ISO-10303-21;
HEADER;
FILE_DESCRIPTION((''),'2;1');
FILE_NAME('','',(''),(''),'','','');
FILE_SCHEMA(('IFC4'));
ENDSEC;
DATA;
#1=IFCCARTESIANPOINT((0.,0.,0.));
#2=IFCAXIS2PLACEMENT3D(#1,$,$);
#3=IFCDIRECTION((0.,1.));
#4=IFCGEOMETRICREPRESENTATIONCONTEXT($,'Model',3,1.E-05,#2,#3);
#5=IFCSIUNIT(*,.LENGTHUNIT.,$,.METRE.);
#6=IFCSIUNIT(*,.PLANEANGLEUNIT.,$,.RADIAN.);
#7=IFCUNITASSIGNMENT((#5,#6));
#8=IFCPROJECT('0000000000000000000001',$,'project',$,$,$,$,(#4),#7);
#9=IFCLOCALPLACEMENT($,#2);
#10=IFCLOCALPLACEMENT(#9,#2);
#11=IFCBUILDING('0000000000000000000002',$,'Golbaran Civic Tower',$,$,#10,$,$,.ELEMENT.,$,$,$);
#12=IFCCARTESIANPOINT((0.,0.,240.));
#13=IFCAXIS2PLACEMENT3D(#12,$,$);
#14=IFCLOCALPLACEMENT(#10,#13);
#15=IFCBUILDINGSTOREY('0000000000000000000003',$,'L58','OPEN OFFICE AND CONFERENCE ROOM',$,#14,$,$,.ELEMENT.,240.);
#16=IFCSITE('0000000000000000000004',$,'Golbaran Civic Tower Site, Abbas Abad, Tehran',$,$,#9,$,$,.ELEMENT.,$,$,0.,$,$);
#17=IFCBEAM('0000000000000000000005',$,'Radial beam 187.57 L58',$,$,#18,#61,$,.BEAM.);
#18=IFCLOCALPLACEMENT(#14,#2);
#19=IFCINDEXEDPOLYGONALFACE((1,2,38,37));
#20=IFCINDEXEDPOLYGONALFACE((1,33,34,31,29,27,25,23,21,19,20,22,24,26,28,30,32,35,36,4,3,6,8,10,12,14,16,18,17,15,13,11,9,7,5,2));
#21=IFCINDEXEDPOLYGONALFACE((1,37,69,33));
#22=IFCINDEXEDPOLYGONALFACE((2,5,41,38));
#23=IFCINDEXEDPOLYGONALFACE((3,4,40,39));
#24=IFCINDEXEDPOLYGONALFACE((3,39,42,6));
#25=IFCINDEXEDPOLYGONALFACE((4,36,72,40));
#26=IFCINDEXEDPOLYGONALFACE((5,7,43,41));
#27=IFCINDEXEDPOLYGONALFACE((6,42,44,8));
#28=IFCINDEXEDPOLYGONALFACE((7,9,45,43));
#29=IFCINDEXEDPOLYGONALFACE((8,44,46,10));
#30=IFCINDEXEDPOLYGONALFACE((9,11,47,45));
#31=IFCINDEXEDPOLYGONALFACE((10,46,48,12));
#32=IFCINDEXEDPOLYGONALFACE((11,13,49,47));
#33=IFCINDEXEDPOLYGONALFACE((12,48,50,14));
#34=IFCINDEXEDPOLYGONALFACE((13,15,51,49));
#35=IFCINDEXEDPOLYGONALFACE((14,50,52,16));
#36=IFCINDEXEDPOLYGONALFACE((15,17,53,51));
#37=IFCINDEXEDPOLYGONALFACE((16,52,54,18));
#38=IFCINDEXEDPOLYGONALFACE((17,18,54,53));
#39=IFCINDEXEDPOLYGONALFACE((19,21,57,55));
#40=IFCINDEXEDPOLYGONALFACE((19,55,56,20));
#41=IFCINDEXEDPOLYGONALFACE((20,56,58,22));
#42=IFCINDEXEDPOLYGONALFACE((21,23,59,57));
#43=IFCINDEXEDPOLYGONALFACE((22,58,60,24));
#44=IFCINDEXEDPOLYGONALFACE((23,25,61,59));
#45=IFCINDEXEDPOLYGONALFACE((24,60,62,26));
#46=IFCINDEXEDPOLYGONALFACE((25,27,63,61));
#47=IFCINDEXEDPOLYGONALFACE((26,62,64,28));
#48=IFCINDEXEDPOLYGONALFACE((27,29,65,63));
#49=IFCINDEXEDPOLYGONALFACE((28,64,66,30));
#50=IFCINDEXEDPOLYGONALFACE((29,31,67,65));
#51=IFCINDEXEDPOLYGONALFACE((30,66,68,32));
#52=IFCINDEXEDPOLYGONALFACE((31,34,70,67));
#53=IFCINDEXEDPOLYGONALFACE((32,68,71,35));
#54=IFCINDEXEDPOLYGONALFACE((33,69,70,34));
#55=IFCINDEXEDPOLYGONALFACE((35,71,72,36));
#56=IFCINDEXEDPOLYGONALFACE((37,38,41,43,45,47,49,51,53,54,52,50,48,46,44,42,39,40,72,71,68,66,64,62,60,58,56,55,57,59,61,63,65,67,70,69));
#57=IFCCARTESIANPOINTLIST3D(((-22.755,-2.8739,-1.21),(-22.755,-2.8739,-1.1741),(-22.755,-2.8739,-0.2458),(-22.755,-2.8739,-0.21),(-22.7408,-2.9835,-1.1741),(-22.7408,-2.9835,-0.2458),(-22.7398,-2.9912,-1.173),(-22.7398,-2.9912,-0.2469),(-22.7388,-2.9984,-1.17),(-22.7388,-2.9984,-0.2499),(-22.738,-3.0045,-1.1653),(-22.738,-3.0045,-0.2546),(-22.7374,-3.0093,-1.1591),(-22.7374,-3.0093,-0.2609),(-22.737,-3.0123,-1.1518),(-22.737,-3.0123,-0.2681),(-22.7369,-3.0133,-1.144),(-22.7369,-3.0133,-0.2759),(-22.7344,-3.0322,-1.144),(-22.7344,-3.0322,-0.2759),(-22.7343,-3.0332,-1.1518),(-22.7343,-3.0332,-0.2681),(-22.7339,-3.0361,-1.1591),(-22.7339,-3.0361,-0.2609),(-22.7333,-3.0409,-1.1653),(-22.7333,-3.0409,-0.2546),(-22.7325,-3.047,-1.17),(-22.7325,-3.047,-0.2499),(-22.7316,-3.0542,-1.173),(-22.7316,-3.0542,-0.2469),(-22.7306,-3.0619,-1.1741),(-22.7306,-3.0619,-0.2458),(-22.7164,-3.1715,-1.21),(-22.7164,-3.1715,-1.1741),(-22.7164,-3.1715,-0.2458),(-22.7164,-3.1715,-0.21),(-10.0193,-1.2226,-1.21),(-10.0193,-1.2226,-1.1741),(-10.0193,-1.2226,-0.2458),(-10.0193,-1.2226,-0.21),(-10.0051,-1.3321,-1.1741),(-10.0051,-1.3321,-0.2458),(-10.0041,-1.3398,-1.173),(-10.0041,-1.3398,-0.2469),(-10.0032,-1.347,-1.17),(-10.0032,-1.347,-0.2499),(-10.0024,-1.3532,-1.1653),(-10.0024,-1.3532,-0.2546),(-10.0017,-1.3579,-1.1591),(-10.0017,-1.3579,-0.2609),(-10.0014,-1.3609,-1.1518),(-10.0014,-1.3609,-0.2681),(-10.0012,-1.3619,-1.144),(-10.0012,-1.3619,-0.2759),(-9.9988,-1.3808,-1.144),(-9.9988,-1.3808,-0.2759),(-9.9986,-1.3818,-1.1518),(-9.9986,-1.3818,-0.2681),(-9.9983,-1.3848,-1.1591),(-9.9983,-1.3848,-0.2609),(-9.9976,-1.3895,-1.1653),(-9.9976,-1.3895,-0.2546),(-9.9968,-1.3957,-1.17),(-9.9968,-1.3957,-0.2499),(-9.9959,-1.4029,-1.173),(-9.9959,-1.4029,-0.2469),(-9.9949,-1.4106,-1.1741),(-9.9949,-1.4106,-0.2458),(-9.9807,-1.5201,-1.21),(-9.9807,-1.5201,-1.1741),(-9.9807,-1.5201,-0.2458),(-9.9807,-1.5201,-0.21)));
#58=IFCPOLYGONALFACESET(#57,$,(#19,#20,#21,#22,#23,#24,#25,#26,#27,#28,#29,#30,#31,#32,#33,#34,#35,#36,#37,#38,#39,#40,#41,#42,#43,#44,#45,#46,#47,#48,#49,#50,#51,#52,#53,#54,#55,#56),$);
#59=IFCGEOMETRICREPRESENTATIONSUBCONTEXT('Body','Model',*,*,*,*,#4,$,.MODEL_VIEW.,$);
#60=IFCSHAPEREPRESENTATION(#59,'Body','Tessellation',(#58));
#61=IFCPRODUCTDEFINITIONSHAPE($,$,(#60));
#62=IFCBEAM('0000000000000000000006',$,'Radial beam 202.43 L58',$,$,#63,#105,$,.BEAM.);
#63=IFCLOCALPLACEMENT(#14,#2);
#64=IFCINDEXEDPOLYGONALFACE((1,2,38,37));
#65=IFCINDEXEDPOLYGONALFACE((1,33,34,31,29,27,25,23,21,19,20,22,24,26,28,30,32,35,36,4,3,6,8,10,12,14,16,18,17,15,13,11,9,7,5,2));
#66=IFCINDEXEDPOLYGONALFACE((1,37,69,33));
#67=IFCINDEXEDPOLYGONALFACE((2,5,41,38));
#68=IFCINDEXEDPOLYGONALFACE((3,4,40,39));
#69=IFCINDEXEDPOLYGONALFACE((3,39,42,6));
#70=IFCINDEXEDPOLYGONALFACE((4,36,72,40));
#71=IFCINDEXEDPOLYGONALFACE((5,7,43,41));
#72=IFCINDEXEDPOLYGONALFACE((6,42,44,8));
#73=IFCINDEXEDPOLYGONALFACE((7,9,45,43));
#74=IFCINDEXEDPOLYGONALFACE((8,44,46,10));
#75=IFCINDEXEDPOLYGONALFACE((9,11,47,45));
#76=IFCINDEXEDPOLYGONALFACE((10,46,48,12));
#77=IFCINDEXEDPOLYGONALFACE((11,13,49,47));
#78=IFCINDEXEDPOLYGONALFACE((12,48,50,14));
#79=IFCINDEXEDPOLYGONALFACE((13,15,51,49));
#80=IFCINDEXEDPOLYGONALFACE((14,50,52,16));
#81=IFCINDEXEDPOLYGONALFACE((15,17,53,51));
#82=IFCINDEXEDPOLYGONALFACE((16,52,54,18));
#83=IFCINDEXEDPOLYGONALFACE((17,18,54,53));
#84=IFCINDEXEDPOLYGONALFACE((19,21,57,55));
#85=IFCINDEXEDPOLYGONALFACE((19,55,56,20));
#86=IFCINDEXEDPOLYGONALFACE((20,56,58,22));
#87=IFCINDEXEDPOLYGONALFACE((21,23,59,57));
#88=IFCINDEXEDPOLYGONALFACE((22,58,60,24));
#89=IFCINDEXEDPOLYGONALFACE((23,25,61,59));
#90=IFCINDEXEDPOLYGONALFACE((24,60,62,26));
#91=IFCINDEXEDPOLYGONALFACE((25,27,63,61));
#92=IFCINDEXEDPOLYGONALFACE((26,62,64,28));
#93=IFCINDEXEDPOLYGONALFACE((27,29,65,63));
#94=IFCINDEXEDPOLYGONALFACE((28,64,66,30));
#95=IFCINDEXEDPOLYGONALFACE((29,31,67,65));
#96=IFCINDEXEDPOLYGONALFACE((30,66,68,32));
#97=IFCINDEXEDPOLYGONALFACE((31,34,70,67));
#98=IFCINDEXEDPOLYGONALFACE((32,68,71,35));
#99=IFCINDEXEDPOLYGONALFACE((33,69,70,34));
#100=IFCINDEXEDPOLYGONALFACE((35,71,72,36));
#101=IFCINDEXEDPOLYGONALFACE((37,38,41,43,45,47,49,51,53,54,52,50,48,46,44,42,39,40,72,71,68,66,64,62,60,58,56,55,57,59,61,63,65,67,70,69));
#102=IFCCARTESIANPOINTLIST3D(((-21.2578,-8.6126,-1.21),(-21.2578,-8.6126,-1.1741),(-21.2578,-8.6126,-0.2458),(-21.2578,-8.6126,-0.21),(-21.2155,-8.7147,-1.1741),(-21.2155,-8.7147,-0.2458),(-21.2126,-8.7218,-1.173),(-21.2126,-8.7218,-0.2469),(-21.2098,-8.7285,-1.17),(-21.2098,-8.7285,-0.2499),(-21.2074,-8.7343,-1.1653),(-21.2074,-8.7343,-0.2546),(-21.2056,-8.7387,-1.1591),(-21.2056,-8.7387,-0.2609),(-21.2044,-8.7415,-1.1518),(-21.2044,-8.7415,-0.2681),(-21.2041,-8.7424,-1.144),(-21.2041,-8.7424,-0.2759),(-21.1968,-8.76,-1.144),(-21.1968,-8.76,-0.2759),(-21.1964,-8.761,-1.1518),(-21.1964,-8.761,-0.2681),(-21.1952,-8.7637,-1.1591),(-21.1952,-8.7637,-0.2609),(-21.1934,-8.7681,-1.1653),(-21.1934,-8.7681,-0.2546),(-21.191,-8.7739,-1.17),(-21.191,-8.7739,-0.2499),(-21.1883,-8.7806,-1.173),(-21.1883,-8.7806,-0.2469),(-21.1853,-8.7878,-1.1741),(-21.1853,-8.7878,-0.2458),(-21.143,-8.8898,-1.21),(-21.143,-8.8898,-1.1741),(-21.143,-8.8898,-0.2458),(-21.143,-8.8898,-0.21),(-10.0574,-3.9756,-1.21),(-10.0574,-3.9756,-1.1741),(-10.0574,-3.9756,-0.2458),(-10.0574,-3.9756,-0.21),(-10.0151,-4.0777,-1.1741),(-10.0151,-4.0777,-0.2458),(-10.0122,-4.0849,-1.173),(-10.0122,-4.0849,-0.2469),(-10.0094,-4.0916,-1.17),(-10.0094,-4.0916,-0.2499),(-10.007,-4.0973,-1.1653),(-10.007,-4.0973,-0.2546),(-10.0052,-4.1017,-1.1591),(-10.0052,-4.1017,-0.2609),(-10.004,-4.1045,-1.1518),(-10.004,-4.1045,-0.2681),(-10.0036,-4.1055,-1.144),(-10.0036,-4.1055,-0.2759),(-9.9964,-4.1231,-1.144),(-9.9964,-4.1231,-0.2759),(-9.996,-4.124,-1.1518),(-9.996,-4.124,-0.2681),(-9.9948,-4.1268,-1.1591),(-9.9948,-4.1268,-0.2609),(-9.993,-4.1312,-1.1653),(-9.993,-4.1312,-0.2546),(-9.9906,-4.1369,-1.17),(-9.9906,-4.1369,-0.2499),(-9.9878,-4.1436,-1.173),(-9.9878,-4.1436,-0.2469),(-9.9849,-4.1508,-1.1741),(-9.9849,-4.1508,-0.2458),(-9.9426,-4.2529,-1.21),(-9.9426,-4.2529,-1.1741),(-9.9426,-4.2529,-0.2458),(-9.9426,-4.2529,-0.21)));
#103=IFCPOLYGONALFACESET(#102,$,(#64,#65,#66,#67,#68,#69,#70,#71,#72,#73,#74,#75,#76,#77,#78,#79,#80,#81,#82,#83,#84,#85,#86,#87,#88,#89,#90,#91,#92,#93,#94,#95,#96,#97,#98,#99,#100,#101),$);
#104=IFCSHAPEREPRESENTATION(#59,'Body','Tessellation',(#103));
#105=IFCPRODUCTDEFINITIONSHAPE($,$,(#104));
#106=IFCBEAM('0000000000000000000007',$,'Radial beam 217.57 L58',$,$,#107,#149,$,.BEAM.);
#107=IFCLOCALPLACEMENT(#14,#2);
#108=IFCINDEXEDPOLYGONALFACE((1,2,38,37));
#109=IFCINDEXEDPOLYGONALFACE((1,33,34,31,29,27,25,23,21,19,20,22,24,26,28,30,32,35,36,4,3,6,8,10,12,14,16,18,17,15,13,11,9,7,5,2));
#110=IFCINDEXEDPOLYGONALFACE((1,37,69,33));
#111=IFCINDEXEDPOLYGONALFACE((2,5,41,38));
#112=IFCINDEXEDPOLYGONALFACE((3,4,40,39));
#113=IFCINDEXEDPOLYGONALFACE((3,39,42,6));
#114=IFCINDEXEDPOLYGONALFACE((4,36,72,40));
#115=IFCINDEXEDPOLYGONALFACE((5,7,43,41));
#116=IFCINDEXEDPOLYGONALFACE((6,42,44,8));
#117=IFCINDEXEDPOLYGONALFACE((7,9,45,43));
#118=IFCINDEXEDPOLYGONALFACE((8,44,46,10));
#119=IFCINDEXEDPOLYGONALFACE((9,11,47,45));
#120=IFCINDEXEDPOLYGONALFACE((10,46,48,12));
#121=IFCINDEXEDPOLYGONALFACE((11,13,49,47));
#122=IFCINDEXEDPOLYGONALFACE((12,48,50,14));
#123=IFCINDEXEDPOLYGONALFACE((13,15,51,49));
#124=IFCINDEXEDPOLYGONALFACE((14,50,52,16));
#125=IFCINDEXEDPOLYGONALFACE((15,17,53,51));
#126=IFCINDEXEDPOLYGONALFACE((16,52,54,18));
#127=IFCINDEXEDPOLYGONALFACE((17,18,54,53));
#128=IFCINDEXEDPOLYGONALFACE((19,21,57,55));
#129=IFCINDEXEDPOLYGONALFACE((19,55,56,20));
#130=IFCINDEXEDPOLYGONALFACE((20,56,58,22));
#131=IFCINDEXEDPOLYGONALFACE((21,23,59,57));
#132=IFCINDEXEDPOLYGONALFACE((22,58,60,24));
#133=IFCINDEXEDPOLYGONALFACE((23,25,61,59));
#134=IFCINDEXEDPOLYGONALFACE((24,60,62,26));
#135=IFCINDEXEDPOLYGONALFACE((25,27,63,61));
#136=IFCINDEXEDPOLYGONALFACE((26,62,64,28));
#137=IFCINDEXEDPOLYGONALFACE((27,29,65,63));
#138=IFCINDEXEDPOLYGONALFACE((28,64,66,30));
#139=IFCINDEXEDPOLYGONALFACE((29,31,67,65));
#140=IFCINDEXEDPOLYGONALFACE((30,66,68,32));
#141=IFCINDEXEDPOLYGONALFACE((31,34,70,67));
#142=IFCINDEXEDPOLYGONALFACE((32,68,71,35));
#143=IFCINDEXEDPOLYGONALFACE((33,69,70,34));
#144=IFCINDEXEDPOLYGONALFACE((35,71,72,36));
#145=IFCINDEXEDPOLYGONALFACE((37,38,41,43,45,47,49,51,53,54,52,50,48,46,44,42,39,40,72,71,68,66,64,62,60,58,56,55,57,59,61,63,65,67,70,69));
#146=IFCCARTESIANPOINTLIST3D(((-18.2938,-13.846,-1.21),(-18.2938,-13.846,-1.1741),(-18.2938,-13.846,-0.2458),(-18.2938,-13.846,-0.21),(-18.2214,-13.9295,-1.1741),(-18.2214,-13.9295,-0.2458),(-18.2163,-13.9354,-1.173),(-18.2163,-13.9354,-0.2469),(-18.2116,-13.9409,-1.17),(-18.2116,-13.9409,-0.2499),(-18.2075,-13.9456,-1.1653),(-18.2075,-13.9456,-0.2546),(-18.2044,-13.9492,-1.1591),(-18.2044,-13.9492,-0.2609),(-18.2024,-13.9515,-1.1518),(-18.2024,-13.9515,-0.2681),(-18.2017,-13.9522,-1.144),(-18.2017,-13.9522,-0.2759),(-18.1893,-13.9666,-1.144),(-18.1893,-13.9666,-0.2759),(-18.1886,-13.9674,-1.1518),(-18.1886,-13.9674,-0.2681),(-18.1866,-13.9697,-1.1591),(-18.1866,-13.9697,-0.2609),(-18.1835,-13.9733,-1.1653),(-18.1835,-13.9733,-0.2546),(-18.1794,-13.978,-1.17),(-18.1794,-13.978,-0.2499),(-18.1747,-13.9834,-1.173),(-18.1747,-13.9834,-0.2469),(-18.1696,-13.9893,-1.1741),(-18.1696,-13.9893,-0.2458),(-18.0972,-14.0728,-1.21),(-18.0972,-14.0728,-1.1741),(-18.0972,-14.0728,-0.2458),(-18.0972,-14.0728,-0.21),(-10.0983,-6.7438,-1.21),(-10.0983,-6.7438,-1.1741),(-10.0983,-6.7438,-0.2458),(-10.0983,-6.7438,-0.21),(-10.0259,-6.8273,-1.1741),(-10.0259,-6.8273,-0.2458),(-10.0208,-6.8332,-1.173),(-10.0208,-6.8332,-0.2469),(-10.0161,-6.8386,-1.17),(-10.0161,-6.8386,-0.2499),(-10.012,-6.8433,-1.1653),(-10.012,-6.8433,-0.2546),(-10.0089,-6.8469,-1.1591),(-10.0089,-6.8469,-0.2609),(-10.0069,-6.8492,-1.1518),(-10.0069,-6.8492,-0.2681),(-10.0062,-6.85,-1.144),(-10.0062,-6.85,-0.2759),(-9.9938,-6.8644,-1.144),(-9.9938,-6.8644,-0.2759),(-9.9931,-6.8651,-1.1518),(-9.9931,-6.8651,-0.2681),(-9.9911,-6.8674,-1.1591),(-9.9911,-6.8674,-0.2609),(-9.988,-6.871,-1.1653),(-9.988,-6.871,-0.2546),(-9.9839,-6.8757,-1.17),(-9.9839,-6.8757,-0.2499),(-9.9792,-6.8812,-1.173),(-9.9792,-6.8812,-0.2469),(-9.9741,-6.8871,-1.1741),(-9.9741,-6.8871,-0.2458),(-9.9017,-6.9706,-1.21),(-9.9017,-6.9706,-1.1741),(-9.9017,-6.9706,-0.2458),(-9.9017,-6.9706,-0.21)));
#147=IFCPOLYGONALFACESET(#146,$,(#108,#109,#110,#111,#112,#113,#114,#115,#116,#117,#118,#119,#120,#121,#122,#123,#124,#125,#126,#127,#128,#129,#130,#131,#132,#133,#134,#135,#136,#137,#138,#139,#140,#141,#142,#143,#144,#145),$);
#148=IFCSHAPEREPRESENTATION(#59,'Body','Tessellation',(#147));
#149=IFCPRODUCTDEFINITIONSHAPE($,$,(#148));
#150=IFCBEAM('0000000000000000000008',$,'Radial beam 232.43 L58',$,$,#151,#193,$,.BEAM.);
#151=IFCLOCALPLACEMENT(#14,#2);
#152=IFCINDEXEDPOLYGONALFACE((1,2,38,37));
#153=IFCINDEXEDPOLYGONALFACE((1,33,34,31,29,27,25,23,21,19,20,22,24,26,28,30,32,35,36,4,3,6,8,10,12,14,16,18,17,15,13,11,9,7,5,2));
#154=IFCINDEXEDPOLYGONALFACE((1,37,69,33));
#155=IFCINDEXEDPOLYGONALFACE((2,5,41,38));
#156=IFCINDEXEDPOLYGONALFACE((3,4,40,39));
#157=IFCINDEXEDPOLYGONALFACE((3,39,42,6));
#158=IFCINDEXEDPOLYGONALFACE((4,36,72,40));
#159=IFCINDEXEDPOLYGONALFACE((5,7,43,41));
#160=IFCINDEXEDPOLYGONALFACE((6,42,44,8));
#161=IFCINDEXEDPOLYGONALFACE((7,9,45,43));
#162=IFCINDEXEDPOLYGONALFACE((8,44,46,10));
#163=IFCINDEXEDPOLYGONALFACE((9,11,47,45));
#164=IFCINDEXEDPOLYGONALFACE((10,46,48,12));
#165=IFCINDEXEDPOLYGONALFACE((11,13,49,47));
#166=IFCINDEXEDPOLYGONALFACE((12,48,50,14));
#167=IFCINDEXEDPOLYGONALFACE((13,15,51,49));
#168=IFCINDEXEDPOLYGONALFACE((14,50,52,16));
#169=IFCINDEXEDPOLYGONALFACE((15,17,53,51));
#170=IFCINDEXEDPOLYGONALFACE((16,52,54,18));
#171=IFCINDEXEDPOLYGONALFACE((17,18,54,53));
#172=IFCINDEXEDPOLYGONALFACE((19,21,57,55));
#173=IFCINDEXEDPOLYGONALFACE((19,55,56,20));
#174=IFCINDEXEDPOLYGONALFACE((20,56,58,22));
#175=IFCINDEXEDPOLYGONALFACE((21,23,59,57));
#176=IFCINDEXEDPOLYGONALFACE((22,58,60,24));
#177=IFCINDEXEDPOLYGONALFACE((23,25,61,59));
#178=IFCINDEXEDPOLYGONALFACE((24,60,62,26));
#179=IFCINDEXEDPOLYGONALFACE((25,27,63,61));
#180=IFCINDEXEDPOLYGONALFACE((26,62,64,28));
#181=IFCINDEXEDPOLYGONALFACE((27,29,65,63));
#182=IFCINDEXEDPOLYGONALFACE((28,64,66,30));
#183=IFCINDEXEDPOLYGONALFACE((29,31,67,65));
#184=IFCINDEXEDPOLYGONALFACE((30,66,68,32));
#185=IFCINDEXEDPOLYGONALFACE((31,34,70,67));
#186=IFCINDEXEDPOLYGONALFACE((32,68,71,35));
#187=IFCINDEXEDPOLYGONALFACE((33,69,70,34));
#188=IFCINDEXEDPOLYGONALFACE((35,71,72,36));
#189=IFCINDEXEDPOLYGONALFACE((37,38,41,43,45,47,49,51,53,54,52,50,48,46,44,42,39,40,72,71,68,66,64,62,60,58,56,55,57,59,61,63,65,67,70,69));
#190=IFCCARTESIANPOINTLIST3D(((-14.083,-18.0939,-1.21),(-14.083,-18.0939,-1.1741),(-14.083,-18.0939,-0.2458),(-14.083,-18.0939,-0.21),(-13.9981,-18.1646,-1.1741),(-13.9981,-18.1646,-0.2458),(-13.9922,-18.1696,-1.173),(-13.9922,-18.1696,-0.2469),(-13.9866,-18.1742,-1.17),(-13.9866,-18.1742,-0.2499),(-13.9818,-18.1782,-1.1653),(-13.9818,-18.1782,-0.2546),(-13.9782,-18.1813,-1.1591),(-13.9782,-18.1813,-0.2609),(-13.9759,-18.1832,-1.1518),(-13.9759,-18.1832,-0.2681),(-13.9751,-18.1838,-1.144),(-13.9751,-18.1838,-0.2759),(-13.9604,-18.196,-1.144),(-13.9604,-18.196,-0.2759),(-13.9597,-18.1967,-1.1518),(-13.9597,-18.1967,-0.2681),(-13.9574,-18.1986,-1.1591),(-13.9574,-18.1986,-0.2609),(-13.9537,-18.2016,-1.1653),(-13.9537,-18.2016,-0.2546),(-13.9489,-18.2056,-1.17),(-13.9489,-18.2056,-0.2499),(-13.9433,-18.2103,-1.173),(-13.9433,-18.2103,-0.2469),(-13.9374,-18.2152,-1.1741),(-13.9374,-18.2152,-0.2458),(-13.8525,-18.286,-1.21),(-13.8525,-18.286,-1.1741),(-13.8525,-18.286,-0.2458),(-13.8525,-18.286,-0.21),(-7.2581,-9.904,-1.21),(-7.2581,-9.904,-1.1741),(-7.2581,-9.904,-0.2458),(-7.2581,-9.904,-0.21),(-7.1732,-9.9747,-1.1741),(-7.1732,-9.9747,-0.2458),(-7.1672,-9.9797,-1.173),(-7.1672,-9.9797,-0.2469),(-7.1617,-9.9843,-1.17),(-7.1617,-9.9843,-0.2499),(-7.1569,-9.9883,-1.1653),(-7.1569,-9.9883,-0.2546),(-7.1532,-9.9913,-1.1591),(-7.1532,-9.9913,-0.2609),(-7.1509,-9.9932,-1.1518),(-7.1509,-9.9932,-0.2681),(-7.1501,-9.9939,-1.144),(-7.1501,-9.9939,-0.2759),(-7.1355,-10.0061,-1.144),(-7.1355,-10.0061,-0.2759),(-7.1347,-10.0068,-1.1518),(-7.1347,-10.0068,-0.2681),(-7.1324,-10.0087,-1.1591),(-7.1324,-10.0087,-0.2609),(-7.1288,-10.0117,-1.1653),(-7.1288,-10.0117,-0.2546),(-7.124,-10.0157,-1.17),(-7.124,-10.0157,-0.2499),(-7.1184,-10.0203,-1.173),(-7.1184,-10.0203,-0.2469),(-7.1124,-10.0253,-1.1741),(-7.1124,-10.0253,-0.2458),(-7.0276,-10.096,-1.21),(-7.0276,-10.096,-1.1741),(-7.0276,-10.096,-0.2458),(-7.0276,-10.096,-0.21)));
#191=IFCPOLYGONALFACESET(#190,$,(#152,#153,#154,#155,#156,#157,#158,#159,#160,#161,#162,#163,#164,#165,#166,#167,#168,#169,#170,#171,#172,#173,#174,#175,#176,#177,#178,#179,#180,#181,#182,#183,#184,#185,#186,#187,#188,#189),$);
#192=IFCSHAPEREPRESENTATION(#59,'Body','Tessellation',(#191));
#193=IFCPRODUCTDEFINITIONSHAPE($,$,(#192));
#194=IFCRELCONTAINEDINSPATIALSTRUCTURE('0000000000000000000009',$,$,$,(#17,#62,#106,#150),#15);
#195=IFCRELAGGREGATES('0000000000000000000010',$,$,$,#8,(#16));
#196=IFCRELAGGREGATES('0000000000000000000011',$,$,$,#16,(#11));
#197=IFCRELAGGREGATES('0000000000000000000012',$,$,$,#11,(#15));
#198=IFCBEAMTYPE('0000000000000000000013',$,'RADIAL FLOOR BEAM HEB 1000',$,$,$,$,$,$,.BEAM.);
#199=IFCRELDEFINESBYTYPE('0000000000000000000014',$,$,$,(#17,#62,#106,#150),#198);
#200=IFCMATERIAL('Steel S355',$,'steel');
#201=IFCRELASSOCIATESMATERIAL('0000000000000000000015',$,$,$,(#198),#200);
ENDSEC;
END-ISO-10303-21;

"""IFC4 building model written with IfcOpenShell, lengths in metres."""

from ifc_helpers import new_model, si_unit, direction, frame, origin, origin_2d, place, context, subcontext, project, spatial, i_section, extrude, material, material_profile, profile_set, type_object, element, save


model = new_model("IFC4")

# Units and contexts
model_context = context("Model", 3, precision=1e-05, world=origin(), true_north=direction((0.0, 1.0)))
body_context = subcontext(model_context, "Body", "Model", "MODEL_VIEW")
ifc_project = project(units=[si_unit("LENGTHUNIT", "METRE"), si_unit("PLANEANGLEUNIT", "RADIAN")], contexts=[model_context])

# Site, building, storey
site_placement = place(None, origin())
site = spatial("IfcSite", under=ifc_project, at=site_placement, Name="Golbaran Civic Tower Site, Abbas Abad, Tehran", CompositionType="ELEMENT", RefElevation=0.0)
building_placement = place(site_placement, origin())
building = spatial("IfcBuilding", under=site, at=building_placement, Name="Golbaran Civic Tower", CompositionType="ELEMENT")
storey_placement = place(building_placement, frame((0.0, 0.0, 240.0)))
storey = spatial("IfcBuildingStorey", under=building, at=storey_placement, Name="L58", Description="OPEN OFFICE AND CONFERENCE ROOM", CompositionType="ELEMENT", Elevation=240.0)

# Beams
ifc_material_1 = material(Name="Steel S355", Category="steel")
ifc_material_profile = material_profile(ifc_material_1, i_section(OverallWidth=0.3, OverallDepth=1.0, WebThickness=0.019, FlangeThickness=0.0359, FilletRadius=0.03, at=origin_2d()), Name="HEB 1000")
ifc_profile_set = profile_set([ifc_material_profile], Name="Steel S355")
beam_type = type_object("IfcBeamType", Name="RADIAL FLOOR BEAM HEB 1000", PredefinedType="BEAM", material=ifc_profile_set)
beam_1_placement = place(storey_placement, frame((-10.0, -1.3713, -0.71), z_axis=(-0.991698, -0.128589, 0.0), x_axis=(0.128589, -0.991698, 0.0)))
element("IfcBeam", 1, at=beam_1_placement, inside=storey, type_object=beam_type, Name="Radial beam 187.57 L58", PredefinedType="BEAM", context=body_context, shape_type="SweptSolid", body=[
    extrude(i_section(OverallWidth=0.3, OverallDepth=1.0, WebThickness=0.019, FlangeThickness=0.0359, FilletRadius=0.03, at=origin_2d()), origin(), (0.0, 0.0, 1.0), 12.8423),
])
beam_2_placement = place(storey_placement, frame((-10.0, -4.1143, -0.71), z_axis=(-0.92395, -0.382514, 0.0), x_axis=(0.382514, -0.92395, 0.0)))
element("IfcBeam", 2, at=beam_2_placement, inside=storey, type_object=beam_type, Name="Radial beam 202.43 L58", PredefinedType="BEAM", context=body_context, shape_type="SweptSolid", body=[
    extrude(i_section(OverallWidth=0.3, OverallDepth=1.0, WebThickness=0.019, FlangeThickness=0.0359, FilletRadius=0.03, at=origin_2d()), origin(), (0.0, 0.0, 1.0), 12.1223),
])
beam_3_placement = place(storey_placement, frame((-10.0, -6.8572, -0.71), z_axis=(-0.755713, -0.654903, 0.0), x_axis=(0.654903, -0.755713, 0.0)))
element("IfcBeam", 3, at=beam_3_placement, inside=storey, type_object=beam_type, Name="Radial beam 217.57 L58", PredefinedType="BEAM", context=body_context, shape_type="SweptSolid", body=[
    extrude(i_section(OverallWidth=0.3, OverallDepth=1.0, WebThickness=0.019, FlangeThickness=0.0359, FilletRadius=0.03, at=origin_2d()), origin(), (0.0, 0.0, 1.0), 10.8447),
])
beam_4_placement = place(storey_placement, frame((-7.1428, -10.0, -0.71), z_axis=(-0.640184, -0.768221, 0.0), x_axis=(0.768221, -0.640184, 0.0)))
element("IfcBeam", 4, at=beam_4_placement, inside=storey, type_object=beam_type, Name="Radial beam 232.43 L58", PredefinedType="BEAM", context=body_context, shape_type="SweptSolid", body=[
    extrude(i_section(OverallWidth=0.3, OverallDepth=1.0, WebThickness=0.019, FlangeThickness=0.0359, FilletRadius=0.03, at=origin_2d()), origin(), (0.0, 0.0, 1.0), 10.6609),
])

save(model, "model.ifc")
